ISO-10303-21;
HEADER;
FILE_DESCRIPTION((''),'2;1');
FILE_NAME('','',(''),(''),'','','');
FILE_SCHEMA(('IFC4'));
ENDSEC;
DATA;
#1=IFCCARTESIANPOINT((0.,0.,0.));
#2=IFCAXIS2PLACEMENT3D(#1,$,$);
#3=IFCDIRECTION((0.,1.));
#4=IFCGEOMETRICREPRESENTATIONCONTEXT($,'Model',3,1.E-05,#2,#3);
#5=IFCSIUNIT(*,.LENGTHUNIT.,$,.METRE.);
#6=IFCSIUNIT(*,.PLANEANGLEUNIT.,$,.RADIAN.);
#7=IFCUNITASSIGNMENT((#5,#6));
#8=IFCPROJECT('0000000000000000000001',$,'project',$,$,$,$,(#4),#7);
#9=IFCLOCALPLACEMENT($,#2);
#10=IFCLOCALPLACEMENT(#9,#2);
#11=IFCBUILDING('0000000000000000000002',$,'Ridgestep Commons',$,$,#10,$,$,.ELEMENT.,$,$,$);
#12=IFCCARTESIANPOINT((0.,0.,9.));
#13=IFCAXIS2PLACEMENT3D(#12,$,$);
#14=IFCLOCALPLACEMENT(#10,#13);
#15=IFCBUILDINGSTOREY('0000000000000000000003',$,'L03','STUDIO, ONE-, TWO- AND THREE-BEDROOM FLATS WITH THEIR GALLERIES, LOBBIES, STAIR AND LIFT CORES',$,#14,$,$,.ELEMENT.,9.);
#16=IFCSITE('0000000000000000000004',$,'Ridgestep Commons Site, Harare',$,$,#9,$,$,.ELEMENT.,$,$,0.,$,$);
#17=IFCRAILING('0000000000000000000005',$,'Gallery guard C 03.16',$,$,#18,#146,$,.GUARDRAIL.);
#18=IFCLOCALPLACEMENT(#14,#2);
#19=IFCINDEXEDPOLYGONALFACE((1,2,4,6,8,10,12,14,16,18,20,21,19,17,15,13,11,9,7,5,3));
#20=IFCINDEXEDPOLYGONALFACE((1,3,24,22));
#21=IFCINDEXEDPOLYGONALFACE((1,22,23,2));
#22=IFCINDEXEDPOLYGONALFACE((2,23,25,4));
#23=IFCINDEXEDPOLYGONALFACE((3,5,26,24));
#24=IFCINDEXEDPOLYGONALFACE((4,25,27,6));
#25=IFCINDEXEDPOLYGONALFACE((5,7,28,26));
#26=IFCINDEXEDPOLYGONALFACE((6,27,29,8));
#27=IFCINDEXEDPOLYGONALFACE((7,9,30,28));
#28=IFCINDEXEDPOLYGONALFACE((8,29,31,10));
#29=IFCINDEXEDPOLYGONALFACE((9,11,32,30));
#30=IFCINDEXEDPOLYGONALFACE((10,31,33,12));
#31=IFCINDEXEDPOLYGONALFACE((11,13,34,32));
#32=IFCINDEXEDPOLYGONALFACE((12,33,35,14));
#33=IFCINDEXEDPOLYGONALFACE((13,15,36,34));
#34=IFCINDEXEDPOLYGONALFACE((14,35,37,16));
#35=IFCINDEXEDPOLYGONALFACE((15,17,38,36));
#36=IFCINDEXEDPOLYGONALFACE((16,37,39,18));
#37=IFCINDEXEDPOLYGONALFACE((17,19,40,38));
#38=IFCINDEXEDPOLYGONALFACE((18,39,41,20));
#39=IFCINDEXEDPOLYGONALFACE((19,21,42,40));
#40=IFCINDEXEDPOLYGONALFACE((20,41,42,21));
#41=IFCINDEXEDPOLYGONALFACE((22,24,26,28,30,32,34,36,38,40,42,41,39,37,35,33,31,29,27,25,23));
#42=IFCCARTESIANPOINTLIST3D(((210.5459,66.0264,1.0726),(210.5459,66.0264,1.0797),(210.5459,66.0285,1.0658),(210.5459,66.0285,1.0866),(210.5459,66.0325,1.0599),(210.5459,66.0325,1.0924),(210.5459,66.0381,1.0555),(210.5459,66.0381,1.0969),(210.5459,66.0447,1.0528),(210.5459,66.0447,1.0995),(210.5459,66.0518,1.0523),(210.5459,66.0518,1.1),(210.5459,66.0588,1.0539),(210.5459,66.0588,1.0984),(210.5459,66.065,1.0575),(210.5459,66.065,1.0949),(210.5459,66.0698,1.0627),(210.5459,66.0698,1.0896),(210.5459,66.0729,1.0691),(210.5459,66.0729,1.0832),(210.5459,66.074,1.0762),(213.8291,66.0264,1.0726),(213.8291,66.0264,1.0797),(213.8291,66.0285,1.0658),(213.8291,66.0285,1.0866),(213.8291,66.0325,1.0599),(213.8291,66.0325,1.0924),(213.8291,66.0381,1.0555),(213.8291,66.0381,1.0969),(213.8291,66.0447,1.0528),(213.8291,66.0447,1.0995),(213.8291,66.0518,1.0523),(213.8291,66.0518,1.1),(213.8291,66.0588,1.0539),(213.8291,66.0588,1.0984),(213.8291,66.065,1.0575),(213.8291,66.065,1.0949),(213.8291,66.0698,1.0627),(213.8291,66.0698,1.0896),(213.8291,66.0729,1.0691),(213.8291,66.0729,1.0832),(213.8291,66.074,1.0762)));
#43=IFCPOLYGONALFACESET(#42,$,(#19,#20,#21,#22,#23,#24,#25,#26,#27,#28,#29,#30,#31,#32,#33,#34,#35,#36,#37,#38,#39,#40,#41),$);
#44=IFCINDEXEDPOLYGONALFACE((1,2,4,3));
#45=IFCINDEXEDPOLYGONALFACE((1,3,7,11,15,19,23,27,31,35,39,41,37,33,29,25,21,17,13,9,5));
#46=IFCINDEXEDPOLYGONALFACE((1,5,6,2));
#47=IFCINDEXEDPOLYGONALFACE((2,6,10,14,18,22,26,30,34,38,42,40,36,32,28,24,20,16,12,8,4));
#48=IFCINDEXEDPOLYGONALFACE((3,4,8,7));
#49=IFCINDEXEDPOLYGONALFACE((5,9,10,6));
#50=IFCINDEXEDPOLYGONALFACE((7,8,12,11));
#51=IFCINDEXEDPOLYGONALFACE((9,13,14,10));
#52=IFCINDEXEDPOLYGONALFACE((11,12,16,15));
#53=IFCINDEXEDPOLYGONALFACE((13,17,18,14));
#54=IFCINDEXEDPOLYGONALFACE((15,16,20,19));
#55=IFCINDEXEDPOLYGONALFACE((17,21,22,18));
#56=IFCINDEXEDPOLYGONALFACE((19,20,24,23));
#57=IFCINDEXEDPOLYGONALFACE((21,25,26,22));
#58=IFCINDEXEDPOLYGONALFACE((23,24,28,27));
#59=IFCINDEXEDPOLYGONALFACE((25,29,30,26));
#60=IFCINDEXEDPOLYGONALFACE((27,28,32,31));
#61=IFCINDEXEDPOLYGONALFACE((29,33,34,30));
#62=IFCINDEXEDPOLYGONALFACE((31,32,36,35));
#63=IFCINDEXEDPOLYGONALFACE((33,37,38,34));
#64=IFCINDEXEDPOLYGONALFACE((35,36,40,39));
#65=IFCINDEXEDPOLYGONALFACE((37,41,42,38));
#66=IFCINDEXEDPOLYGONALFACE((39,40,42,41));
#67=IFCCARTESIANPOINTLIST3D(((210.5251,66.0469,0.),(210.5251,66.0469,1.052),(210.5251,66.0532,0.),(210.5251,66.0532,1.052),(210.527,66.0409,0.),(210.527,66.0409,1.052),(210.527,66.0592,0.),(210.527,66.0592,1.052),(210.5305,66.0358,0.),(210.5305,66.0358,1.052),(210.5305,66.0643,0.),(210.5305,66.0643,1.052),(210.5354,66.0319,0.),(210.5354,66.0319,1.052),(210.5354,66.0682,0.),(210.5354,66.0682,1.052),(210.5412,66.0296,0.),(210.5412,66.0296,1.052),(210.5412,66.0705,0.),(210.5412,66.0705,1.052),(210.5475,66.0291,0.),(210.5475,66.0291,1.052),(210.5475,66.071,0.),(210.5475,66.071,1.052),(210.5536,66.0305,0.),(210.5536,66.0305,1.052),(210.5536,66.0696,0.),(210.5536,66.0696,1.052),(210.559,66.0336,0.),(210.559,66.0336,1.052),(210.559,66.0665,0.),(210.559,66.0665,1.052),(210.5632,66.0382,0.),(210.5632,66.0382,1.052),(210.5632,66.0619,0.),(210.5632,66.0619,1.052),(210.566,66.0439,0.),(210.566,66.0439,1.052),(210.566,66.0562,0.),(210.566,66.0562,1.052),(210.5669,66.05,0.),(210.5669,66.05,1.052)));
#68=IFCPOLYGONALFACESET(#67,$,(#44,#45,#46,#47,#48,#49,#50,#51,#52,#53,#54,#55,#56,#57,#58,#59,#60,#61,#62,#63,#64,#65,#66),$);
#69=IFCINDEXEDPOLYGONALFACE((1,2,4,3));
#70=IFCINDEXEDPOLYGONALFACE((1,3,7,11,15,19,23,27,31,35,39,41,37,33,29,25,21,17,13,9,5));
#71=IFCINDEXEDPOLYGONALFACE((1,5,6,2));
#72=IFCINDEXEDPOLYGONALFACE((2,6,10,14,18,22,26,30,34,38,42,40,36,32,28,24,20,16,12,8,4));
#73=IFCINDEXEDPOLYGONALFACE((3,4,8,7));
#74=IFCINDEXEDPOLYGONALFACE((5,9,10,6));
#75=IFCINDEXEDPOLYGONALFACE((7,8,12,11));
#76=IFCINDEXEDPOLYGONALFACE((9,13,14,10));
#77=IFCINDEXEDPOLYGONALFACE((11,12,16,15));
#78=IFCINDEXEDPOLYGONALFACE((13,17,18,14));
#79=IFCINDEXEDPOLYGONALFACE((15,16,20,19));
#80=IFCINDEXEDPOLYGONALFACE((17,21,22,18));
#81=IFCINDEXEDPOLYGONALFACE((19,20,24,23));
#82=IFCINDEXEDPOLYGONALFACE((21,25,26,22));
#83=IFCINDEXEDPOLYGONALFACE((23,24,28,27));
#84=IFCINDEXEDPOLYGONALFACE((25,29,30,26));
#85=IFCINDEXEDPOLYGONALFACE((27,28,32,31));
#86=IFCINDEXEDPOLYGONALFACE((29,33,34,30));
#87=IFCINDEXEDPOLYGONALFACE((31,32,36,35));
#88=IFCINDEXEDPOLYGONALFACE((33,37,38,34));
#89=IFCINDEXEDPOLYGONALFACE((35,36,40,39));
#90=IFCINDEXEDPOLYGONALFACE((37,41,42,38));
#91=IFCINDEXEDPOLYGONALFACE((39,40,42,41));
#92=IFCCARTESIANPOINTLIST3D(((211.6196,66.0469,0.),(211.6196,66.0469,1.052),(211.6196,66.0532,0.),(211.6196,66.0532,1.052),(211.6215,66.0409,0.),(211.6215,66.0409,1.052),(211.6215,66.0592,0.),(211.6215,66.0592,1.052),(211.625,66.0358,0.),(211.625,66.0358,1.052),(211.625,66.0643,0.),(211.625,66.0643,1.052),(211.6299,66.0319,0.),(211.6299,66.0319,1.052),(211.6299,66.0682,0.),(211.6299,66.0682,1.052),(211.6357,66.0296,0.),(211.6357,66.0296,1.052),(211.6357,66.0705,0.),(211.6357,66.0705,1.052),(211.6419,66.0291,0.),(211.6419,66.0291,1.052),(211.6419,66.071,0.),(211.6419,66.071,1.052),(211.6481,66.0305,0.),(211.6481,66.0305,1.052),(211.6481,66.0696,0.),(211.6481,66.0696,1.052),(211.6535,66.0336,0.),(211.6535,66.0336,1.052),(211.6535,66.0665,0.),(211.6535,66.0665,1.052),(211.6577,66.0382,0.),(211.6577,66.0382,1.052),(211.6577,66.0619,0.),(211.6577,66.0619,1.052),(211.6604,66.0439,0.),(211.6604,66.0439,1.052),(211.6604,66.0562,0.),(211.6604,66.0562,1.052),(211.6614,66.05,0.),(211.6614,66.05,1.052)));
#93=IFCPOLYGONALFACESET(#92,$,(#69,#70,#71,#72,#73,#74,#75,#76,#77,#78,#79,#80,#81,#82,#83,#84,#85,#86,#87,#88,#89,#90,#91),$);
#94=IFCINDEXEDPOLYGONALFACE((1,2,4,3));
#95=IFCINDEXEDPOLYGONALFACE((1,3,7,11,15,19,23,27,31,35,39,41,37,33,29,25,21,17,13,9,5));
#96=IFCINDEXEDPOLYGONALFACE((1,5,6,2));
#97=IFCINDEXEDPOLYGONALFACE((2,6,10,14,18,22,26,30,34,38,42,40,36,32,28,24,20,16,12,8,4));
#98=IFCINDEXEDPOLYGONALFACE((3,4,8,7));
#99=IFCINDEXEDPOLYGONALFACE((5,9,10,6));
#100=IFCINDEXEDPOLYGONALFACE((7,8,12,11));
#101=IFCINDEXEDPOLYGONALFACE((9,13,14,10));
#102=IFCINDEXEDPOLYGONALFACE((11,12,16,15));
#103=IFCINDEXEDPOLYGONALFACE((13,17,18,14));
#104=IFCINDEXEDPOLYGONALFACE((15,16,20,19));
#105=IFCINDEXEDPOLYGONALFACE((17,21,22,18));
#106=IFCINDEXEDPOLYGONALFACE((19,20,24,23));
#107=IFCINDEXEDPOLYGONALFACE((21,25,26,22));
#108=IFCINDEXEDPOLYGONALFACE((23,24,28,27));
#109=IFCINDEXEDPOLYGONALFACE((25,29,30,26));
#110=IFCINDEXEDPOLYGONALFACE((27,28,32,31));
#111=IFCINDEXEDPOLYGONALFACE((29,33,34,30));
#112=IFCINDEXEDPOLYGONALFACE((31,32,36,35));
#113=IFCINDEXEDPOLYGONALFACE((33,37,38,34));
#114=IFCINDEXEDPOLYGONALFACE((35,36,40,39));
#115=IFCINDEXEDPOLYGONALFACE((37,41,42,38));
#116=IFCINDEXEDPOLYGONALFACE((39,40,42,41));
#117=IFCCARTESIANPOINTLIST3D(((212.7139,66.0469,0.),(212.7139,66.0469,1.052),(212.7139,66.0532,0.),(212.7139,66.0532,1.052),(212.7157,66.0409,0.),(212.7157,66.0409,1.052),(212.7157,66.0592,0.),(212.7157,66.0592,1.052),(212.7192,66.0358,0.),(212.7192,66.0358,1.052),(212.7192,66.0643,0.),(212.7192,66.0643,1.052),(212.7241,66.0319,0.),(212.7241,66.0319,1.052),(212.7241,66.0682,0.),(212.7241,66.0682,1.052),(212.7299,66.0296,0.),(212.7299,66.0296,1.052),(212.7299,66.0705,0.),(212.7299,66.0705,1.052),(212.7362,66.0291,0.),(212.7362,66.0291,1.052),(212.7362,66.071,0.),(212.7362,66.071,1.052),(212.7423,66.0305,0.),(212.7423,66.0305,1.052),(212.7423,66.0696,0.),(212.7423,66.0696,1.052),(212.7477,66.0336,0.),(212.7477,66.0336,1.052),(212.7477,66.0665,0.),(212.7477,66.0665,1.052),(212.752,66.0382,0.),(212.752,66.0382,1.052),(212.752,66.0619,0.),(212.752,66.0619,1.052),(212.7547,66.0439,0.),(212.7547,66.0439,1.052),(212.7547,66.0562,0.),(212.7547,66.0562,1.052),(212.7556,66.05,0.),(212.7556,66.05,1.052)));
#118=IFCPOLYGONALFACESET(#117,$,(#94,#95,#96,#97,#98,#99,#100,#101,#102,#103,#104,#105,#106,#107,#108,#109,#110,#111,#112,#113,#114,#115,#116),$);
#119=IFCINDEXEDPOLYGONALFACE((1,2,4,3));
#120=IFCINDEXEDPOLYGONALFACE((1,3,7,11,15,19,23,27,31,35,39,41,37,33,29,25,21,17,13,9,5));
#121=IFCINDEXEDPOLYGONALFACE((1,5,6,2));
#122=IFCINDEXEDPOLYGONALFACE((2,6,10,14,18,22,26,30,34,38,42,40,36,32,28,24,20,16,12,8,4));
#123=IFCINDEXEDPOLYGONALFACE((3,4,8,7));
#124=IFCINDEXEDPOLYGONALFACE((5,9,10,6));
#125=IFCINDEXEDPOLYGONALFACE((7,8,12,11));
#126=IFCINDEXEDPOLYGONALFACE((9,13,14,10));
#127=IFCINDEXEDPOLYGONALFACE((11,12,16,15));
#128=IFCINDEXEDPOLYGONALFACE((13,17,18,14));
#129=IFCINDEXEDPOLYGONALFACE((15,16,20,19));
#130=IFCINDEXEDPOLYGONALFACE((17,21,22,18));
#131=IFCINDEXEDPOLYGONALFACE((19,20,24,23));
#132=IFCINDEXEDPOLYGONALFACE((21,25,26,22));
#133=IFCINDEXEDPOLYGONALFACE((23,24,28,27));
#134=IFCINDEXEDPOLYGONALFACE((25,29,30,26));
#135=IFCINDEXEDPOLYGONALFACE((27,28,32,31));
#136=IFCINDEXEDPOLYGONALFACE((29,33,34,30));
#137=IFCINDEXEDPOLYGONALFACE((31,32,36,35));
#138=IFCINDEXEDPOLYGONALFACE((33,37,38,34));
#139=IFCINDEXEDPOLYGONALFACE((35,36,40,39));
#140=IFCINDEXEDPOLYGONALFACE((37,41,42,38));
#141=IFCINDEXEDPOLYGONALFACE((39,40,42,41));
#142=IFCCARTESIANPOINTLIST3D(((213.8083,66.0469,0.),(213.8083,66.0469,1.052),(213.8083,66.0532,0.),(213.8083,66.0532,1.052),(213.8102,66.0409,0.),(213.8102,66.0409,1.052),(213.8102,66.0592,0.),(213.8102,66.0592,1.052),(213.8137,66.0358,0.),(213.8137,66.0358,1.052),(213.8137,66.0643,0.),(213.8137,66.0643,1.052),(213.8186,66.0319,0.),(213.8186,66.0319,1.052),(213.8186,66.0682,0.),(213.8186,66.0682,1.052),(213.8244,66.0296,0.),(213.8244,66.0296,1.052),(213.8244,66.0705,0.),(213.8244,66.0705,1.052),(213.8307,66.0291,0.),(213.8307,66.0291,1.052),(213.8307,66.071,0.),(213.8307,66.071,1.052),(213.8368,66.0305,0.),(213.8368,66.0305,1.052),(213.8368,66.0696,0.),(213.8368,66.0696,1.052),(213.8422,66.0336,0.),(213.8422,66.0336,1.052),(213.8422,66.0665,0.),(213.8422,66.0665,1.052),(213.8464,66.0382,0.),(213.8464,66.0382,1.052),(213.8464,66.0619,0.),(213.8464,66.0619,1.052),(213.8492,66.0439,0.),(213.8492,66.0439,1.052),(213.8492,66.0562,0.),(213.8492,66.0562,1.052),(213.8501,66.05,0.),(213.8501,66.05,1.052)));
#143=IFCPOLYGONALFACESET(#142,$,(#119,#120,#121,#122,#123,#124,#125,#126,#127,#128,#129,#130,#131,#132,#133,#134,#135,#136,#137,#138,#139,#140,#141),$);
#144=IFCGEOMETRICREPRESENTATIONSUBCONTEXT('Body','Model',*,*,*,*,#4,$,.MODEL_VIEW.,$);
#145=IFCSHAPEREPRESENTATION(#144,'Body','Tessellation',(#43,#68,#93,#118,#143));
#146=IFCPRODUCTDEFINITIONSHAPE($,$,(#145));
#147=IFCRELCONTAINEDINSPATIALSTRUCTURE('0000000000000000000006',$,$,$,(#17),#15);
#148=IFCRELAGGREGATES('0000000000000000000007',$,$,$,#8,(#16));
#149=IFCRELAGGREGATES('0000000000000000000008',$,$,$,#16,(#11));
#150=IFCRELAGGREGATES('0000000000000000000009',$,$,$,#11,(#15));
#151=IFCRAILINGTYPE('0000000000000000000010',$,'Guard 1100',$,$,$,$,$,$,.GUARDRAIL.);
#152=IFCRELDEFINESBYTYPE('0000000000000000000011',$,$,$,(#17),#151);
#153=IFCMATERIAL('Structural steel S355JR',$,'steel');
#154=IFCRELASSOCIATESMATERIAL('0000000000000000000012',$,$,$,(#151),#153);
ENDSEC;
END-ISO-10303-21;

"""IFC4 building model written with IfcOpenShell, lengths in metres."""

from ifc_helpers import new_model, si_unit, direction, frame, origin, origin_2d, place, context, subcontext, project, spatial, circle, extrude, material, type_object, element, save


model = new_model("IFC4")

# Units and contexts
model_context = context("Model", 3, precision=1e-05, world=origin(), true_north=direction((0.0, 1.0)))
body_context = subcontext(model_context, "Body", "Model", "MODEL_VIEW")
ifc_project = project(units=[si_unit("LENGTHUNIT", "METRE"), si_unit("PLANEANGLEUNIT", "RADIAN")], contexts=[model_context])

# Site, building, storey
site_placement = place(None, origin())
site = spatial("IfcSite", under=ifc_project, at=site_placement, Name="Ridgestep Commons Site, Harare", CompositionType="ELEMENT", RefElevation=0.0)
building_placement = place(site_placement, origin())
building = spatial("IfcBuilding", under=site, at=building_placement, Name="Ridgestep Commons", CompositionType="ELEMENT")
storey_placement = place(building_placement, frame((0.0, 0.0, 9.0)))
storey = spatial("IfcBuildingStorey", under=building, at=storey_placement, Name="L03", Description="STUDIO, ONE-, TWO- AND THREE-BEDROOM FLATS WITH THEIR GALLERIES, LOBBIES, STAIR AND LIFT CORES", CompositionType="ELEMENT", Elevation=9.0)

# Railing
ifc_material_1 = material(Name="Structural steel S355JR", Category="steel")
railing_type = type_object("IfcRailingType", Name="Guard 1100", PredefinedType="GUARDRAIL", material=ifc_material_1)
for number, where, name in (
    (1, (210.5459, 66.05, 0.0), "Gallery guard C 03.16"),
):
    element("IfcRailing", number, at=place(storey_placement, frame(where)), inside=storey, type_object=railing_type, Name=name, PredefinedType="GUARDRAIL", context=body_context, shape_type="SweptSolid", body=[
        extrude(circle(Radius=0.0239, at=origin_2d()), frame((0.0, 0.0, 1.0762), z_axis=(1.0, 0.0, 0.0), x_axis=(0.0, 1.0, 0.0)), (0.0, 0.0, 1.0), 3.2832),
        extrude(circle(Radius=0.021, at=origin_2d()), origin(), (0.0, 0.0, 1.0), 1.052),
        extrude(circle(Radius=0.021, at=origin_2d()), frame((1.0945, 0.0, 0.0)), (0.0, 0.0, 1.0), 1.052),
        extrude(circle(Radius=0.021, at=origin_2d()), frame((2.1887, 0.0, 0.0)), (0.0, 0.0, 1.0), 1.052),
        extrude(circle(Radius=0.021, at=origin_2d()), frame((3.2832, 0.0, 0.0)), (0.0, 0.0, 1.0), 1.052),
    ])

save(model, "model.ifc")
